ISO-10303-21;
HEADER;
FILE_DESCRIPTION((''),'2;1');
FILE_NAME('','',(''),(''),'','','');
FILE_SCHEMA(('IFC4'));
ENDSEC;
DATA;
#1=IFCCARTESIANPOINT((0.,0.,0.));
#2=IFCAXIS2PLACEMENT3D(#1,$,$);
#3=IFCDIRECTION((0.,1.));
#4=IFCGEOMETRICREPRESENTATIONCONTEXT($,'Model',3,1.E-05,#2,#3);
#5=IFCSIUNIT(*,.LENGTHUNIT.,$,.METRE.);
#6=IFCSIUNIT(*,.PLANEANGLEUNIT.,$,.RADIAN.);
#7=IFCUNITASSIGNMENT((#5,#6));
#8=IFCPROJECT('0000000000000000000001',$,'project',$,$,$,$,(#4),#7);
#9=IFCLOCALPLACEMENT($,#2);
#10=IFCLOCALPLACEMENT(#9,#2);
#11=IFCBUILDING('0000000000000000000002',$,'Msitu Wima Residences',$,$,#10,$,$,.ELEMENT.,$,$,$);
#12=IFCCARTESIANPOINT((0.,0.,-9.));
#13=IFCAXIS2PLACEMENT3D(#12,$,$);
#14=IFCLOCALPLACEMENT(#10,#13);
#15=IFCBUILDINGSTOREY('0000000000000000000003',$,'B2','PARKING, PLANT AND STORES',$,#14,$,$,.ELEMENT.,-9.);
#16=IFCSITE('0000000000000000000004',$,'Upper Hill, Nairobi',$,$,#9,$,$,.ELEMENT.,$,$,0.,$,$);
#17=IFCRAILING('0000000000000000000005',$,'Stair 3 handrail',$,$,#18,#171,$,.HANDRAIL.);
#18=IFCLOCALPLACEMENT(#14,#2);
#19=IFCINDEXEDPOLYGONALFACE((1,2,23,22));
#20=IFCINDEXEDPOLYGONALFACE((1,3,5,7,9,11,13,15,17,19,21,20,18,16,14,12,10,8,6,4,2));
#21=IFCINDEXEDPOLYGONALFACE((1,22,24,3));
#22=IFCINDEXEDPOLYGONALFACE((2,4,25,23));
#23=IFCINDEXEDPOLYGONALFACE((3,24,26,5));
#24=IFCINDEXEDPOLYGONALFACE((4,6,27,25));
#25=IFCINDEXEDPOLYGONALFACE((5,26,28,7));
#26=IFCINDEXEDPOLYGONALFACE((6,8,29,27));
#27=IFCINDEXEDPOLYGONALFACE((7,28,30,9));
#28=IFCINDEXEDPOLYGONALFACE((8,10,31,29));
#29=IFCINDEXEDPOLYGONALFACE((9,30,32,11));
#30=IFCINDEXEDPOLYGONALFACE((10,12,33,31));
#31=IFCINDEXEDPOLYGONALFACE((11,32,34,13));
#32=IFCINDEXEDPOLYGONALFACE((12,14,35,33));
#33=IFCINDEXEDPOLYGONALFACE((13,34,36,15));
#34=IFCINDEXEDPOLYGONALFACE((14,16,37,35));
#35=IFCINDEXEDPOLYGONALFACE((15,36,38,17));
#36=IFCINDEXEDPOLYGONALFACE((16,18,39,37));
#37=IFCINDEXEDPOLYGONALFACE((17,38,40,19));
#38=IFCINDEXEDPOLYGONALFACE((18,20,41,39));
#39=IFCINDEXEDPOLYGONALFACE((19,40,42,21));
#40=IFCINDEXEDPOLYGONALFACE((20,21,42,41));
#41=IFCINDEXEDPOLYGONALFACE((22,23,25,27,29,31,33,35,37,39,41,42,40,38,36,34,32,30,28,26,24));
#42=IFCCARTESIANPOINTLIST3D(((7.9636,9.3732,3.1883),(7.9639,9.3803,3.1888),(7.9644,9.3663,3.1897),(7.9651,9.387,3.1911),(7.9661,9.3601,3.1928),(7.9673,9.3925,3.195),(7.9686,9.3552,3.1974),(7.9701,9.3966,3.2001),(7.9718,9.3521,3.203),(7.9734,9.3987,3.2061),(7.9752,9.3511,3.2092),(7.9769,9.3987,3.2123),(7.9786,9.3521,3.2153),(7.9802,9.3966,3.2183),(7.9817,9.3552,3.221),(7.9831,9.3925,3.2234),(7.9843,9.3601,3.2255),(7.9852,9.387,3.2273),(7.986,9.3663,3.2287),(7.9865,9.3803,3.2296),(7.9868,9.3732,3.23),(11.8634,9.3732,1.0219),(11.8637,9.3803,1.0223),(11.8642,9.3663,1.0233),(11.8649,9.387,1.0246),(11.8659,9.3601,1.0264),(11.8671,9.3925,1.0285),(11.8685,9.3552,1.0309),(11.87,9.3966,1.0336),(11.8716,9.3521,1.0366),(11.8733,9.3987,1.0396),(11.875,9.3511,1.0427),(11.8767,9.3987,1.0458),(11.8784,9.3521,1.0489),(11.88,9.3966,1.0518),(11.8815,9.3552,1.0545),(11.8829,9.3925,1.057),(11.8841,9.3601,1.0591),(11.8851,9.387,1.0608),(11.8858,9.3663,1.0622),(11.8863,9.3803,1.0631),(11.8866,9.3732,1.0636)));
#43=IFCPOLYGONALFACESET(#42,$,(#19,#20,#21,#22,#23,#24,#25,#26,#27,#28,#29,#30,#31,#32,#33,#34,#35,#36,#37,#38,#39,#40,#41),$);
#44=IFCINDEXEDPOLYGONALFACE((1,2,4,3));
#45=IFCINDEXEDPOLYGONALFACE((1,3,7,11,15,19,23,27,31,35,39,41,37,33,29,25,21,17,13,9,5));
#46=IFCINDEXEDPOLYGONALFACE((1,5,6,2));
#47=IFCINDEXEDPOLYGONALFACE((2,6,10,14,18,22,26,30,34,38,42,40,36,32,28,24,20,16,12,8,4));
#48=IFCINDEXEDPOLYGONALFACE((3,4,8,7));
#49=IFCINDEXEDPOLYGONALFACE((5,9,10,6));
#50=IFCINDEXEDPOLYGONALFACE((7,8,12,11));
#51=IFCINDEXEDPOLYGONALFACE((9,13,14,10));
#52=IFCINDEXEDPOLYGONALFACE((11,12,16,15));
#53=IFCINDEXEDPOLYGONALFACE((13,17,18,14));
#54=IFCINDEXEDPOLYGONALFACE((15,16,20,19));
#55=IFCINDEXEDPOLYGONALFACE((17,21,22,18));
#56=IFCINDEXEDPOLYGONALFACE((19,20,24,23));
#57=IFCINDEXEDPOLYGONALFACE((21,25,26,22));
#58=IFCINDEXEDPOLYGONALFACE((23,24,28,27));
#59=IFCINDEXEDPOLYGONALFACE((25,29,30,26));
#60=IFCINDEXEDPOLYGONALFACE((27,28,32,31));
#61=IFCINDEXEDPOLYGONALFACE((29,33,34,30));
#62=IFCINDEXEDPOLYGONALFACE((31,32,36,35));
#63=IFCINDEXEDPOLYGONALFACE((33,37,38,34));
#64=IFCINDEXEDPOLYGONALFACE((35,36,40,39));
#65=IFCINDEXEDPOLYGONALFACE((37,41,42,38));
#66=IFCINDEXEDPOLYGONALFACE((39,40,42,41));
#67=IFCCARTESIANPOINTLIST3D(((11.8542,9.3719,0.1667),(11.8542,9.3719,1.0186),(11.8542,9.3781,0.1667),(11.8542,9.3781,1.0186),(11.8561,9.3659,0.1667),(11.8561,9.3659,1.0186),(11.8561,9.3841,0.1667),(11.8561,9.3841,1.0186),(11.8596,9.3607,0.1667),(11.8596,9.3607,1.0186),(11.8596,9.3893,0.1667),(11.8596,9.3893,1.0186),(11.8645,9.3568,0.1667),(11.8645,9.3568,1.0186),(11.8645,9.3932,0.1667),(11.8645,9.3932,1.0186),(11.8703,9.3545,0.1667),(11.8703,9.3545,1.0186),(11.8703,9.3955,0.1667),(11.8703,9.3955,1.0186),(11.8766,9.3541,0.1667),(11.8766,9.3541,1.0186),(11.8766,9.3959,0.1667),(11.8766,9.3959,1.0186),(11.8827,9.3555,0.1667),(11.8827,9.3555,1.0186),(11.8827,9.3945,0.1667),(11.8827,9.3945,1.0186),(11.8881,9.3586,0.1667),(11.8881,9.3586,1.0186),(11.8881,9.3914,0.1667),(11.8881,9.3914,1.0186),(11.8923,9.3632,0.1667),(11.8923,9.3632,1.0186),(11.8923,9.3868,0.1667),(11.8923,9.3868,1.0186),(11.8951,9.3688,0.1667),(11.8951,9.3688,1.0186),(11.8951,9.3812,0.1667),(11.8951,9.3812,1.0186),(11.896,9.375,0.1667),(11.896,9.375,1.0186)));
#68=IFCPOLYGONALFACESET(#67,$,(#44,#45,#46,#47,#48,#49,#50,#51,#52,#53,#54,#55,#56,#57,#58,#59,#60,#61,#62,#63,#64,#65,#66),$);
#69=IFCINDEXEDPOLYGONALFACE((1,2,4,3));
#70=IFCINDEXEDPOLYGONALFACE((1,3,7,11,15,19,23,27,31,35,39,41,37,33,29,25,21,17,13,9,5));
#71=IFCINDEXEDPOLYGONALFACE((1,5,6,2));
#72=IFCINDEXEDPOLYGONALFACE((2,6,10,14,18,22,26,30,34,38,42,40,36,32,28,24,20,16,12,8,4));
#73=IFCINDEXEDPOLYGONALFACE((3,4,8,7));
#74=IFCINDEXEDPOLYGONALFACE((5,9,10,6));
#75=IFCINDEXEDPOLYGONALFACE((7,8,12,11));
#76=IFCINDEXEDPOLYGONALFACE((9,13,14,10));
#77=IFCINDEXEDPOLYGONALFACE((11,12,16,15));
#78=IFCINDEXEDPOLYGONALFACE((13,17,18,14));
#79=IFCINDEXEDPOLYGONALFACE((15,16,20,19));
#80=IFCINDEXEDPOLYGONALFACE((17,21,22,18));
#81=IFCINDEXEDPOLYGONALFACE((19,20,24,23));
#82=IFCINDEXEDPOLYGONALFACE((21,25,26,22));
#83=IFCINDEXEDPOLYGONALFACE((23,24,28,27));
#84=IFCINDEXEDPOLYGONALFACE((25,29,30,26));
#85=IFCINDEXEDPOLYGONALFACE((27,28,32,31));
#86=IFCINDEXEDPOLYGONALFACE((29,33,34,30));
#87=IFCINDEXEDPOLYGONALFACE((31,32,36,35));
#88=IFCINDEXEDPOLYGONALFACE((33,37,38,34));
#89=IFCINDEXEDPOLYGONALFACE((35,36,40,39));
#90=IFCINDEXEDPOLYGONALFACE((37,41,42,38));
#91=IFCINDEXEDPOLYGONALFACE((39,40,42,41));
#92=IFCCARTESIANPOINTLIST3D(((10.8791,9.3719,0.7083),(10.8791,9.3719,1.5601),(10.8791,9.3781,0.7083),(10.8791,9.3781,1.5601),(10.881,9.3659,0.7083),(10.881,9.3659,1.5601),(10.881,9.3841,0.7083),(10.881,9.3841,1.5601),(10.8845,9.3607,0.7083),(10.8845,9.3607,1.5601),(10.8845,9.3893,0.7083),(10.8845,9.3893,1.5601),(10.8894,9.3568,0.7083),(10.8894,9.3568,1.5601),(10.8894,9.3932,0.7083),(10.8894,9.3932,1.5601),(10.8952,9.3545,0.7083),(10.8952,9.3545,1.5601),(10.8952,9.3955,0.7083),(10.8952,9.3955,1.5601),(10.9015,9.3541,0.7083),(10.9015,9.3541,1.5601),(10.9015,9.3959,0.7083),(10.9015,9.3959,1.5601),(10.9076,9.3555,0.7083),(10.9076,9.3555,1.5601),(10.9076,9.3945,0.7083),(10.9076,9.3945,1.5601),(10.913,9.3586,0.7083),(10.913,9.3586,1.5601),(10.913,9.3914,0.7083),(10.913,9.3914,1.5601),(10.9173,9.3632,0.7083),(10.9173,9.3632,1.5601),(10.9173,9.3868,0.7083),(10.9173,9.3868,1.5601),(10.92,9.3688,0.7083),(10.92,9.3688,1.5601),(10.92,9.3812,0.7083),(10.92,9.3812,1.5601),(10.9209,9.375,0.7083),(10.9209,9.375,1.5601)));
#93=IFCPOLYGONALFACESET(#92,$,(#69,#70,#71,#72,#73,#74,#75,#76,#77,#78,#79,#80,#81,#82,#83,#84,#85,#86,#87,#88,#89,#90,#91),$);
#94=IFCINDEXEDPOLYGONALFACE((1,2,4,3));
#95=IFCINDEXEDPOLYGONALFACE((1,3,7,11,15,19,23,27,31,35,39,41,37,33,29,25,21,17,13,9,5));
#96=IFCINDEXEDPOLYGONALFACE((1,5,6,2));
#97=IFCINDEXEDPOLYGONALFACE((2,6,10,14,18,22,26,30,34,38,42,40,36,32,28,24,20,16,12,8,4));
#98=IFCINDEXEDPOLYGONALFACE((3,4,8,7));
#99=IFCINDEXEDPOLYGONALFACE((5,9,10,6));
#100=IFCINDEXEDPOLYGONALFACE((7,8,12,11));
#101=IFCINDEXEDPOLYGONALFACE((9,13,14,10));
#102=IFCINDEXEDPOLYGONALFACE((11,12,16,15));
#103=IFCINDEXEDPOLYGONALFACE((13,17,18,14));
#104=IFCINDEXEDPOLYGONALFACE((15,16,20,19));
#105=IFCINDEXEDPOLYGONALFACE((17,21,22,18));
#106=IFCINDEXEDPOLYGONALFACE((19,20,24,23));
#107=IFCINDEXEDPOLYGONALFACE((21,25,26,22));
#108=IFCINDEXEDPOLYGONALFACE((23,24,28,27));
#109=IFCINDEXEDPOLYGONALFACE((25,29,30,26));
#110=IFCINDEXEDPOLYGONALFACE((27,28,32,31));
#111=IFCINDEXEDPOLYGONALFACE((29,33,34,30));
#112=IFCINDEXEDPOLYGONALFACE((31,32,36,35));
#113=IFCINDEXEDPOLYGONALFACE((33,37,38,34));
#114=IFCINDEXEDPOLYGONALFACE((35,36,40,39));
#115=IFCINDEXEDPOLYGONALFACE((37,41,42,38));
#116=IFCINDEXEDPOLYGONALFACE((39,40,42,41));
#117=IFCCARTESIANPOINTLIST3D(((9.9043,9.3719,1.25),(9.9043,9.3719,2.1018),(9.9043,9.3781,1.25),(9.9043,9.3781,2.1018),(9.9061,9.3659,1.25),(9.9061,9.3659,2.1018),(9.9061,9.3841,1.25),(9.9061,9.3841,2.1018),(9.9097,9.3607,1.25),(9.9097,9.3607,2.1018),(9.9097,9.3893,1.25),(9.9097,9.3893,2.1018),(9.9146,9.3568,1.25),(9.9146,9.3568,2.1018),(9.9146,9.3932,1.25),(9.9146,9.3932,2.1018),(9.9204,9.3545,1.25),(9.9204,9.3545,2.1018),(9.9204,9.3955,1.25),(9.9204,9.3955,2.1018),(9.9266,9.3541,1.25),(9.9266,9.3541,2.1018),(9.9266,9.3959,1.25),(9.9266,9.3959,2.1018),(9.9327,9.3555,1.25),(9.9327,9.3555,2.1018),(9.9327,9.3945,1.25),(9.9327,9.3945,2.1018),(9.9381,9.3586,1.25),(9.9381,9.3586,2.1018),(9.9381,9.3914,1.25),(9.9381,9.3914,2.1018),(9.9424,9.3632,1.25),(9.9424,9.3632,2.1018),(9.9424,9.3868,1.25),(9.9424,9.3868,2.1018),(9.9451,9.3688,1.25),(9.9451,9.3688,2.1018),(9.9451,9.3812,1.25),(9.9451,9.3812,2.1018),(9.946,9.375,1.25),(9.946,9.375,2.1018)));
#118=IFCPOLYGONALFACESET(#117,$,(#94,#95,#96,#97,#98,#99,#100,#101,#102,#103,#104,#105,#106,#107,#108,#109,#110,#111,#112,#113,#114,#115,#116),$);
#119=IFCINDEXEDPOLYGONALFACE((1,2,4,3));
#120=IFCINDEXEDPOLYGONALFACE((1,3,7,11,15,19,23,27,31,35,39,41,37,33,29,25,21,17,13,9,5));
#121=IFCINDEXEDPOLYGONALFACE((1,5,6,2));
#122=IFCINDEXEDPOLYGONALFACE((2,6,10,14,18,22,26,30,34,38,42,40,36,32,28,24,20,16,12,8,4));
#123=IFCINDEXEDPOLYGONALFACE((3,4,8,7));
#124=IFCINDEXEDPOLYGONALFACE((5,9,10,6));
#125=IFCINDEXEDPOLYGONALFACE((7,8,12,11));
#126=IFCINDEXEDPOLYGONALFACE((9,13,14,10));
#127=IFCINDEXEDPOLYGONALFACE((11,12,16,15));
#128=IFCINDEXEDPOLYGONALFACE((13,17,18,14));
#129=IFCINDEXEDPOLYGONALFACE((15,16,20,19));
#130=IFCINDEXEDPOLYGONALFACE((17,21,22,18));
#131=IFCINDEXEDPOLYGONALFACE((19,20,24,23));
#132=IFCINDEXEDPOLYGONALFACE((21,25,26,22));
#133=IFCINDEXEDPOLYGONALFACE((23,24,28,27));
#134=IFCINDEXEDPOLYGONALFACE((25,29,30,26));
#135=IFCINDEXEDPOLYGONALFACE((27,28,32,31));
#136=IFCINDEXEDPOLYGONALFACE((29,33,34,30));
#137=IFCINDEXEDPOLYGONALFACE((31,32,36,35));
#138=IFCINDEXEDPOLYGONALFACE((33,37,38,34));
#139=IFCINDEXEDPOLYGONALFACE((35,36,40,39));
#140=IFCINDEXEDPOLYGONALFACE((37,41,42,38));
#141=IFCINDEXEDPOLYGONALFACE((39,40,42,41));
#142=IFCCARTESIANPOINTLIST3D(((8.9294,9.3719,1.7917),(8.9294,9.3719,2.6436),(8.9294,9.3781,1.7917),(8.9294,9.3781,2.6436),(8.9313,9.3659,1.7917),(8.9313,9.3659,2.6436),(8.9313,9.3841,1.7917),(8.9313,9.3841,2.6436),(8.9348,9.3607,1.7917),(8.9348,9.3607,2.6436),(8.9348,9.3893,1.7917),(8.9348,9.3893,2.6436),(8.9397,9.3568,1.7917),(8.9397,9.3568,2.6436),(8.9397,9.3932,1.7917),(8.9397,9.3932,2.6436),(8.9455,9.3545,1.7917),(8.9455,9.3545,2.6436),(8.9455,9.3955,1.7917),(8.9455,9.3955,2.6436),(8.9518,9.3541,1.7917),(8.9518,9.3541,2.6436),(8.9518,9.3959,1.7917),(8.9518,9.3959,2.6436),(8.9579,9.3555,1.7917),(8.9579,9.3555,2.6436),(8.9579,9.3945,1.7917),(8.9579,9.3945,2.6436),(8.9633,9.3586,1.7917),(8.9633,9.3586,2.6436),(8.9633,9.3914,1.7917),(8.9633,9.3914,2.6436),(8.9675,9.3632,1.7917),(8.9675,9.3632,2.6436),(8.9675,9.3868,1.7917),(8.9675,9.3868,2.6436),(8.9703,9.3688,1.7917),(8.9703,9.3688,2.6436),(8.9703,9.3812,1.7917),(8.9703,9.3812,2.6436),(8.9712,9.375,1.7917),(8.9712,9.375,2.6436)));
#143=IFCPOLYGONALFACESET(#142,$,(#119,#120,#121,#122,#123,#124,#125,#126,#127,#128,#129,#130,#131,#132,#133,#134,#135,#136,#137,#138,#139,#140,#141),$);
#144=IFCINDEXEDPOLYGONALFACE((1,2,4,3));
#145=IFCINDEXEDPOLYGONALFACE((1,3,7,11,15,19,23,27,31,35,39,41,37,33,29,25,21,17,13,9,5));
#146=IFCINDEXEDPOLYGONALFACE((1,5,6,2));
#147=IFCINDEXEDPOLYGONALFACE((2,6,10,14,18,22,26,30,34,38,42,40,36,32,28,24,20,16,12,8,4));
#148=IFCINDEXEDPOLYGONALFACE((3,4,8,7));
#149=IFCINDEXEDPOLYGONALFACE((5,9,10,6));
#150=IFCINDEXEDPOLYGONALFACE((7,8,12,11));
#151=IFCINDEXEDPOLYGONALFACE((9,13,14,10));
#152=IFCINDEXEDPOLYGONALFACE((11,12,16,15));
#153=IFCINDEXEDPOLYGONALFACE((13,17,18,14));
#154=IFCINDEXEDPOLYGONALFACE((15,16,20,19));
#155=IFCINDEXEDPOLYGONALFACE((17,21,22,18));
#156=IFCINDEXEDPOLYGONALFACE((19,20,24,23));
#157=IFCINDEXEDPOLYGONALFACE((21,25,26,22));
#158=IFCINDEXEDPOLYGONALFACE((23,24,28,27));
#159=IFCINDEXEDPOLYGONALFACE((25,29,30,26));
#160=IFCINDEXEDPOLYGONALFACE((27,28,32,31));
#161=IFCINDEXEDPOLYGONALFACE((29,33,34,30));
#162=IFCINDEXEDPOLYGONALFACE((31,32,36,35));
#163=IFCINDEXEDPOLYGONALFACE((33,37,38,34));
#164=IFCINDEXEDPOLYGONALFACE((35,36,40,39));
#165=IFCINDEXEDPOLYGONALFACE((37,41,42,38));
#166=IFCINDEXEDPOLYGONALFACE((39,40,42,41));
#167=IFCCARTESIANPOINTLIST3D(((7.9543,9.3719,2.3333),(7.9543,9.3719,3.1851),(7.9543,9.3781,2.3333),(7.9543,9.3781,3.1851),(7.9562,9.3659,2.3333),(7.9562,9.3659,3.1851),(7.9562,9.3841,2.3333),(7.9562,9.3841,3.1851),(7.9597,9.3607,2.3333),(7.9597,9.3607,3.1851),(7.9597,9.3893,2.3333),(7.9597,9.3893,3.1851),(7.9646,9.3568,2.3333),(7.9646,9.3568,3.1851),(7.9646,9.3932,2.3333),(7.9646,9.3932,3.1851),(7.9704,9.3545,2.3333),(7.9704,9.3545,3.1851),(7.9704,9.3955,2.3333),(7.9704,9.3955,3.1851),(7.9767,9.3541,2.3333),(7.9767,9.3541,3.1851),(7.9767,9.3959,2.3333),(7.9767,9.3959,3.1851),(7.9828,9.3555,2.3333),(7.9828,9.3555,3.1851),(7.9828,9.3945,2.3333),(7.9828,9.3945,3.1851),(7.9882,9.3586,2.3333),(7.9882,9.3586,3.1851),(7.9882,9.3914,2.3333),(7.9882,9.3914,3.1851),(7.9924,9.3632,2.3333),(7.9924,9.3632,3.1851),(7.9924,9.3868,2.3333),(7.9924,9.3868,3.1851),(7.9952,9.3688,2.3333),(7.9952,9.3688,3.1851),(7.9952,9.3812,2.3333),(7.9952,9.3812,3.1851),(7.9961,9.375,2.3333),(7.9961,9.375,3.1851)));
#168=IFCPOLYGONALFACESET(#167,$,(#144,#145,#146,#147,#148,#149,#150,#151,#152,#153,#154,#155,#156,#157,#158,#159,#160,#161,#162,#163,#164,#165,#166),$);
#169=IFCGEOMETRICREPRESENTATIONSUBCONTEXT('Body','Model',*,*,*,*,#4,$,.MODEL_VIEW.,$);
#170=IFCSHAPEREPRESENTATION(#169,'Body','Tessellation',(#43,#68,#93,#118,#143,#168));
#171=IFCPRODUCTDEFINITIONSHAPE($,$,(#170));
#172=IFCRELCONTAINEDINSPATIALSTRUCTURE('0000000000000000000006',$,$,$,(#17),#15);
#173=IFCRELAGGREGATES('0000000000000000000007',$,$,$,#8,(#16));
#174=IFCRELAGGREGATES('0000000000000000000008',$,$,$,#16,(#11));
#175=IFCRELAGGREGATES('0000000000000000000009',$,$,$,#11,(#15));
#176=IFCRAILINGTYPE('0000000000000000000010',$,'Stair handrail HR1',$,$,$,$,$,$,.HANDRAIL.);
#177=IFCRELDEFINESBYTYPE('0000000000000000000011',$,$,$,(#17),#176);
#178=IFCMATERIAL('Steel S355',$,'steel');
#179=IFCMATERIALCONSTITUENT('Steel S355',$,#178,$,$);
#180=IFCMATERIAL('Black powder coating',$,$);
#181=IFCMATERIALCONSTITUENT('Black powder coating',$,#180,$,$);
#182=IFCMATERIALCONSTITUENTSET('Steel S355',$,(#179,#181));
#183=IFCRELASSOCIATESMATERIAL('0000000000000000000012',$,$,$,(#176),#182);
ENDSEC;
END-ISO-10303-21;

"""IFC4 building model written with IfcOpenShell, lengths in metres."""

from ifc_helpers import new_model, si_unit, direction, frame, origin, origin_2d, place, context, subcontext, project, spatial, circle, extrude, material, constituent, constituent_set, type_object, element, save


model = new_model("IFC4")

# Units and contexts
model_context = context("Model", 3, precision=1e-05, world=origin(), true_north=direction((0.0, 1.0)))
body_context = subcontext(model_context, "Body", "Model", "MODEL_VIEW")
ifc_project = project(units=[si_unit("LENGTHUNIT", "METRE"), si_unit("PLANEANGLEUNIT", "RADIAN")], contexts=[model_context])

# Site, building, storey
site_placement = place(None, origin())
site = spatial("IfcSite", under=ifc_project, at=site_placement, Name="Upper Hill, Nairobi", CompositionType="ELEMENT", RefElevation=0.0)
building_placement = place(site_placement, origin())
building = spatial("IfcBuilding", under=site, at=building_placement, Name="Msitu Wima Residences", CompositionType="ELEMENT")
storey_placement = place(building_placement, frame((0.0, 0.0, -9.0)))
storey = spatial("IfcBuildingStorey", under=building, at=storey_placement, Name="B2", Description="PARKING, PLANT AND STORES", CompositionType="ELEMENT", Elevation=-9.0)

# Railing
ifc_material_1 = material(Name="Steel S355", Category="steel")
ifc_constituent_1 = constituent(ifc_material_1, Name="Steel S355")
ifc_material_2 = material(Name="Black powder coating")
ifc_constituent_2 = constituent(ifc_material_2, Name="Black powder coating")
ifc_constituent_set = constituent_set(constituents=[ifc_constituent_1, ifc_constituent_2], Name="Steel S355")
railing_type = type_object("IfcRailingType", Name="Stair handrail HR1", PredefinedType="HANDRAIL", material=ifc_constituent_set)
for number, where, name in (
    (1, (11.875, 9.375, 0.1667), "Stair 3 handrail"),
):
    element("IfcRailing", number, at=place(storey_placement, frame(where)), inside=storey, type_object=railing_type, Name=name, PredefinedType="HANDRAIL", context=body_context, shape_type="SweptSolid", body=[
        extrude(circle(Radius=0.0239, at=origin_2d()), frame((0.0, 0.0, 0.876), z_axis=(-0.874168, 0.0, 0.485624), x_axis=(0.0, -1.0, 0.0)), (0.0, 0.0, 1.0), 4.4612),
        extrude(circle(Radius=0.021, at=origin_2d()), origin(), (0.0, 0.0, 1.0), 0.8518),
        extrude(circle(Radius=0.021, at=origin_2d()), frame((-0.9751, 0.0, 0.5415)), (0.0, 0.0, 1.0), 0.8518),
        extrude(circle(Radius=0.021, at=origin_2d()), frame((-1.95, 0.0, 1.0833)), (0.0, 0.0, 1.0), 0.8518),
        extrude(circle(Radius=0.021, at=origin_2d()), frame((-2.9248, 0.0, 1.625)), (0.0, 0.0, 1.0), 0.8518),
        extrude(circle(Radius=0.021, at=origin_2d()), frame((-3.8999, 0.0, 2.1665)), (0.0, 0.0, 1.0), 0.8518),
    ])

save(model, "model.ifc")
